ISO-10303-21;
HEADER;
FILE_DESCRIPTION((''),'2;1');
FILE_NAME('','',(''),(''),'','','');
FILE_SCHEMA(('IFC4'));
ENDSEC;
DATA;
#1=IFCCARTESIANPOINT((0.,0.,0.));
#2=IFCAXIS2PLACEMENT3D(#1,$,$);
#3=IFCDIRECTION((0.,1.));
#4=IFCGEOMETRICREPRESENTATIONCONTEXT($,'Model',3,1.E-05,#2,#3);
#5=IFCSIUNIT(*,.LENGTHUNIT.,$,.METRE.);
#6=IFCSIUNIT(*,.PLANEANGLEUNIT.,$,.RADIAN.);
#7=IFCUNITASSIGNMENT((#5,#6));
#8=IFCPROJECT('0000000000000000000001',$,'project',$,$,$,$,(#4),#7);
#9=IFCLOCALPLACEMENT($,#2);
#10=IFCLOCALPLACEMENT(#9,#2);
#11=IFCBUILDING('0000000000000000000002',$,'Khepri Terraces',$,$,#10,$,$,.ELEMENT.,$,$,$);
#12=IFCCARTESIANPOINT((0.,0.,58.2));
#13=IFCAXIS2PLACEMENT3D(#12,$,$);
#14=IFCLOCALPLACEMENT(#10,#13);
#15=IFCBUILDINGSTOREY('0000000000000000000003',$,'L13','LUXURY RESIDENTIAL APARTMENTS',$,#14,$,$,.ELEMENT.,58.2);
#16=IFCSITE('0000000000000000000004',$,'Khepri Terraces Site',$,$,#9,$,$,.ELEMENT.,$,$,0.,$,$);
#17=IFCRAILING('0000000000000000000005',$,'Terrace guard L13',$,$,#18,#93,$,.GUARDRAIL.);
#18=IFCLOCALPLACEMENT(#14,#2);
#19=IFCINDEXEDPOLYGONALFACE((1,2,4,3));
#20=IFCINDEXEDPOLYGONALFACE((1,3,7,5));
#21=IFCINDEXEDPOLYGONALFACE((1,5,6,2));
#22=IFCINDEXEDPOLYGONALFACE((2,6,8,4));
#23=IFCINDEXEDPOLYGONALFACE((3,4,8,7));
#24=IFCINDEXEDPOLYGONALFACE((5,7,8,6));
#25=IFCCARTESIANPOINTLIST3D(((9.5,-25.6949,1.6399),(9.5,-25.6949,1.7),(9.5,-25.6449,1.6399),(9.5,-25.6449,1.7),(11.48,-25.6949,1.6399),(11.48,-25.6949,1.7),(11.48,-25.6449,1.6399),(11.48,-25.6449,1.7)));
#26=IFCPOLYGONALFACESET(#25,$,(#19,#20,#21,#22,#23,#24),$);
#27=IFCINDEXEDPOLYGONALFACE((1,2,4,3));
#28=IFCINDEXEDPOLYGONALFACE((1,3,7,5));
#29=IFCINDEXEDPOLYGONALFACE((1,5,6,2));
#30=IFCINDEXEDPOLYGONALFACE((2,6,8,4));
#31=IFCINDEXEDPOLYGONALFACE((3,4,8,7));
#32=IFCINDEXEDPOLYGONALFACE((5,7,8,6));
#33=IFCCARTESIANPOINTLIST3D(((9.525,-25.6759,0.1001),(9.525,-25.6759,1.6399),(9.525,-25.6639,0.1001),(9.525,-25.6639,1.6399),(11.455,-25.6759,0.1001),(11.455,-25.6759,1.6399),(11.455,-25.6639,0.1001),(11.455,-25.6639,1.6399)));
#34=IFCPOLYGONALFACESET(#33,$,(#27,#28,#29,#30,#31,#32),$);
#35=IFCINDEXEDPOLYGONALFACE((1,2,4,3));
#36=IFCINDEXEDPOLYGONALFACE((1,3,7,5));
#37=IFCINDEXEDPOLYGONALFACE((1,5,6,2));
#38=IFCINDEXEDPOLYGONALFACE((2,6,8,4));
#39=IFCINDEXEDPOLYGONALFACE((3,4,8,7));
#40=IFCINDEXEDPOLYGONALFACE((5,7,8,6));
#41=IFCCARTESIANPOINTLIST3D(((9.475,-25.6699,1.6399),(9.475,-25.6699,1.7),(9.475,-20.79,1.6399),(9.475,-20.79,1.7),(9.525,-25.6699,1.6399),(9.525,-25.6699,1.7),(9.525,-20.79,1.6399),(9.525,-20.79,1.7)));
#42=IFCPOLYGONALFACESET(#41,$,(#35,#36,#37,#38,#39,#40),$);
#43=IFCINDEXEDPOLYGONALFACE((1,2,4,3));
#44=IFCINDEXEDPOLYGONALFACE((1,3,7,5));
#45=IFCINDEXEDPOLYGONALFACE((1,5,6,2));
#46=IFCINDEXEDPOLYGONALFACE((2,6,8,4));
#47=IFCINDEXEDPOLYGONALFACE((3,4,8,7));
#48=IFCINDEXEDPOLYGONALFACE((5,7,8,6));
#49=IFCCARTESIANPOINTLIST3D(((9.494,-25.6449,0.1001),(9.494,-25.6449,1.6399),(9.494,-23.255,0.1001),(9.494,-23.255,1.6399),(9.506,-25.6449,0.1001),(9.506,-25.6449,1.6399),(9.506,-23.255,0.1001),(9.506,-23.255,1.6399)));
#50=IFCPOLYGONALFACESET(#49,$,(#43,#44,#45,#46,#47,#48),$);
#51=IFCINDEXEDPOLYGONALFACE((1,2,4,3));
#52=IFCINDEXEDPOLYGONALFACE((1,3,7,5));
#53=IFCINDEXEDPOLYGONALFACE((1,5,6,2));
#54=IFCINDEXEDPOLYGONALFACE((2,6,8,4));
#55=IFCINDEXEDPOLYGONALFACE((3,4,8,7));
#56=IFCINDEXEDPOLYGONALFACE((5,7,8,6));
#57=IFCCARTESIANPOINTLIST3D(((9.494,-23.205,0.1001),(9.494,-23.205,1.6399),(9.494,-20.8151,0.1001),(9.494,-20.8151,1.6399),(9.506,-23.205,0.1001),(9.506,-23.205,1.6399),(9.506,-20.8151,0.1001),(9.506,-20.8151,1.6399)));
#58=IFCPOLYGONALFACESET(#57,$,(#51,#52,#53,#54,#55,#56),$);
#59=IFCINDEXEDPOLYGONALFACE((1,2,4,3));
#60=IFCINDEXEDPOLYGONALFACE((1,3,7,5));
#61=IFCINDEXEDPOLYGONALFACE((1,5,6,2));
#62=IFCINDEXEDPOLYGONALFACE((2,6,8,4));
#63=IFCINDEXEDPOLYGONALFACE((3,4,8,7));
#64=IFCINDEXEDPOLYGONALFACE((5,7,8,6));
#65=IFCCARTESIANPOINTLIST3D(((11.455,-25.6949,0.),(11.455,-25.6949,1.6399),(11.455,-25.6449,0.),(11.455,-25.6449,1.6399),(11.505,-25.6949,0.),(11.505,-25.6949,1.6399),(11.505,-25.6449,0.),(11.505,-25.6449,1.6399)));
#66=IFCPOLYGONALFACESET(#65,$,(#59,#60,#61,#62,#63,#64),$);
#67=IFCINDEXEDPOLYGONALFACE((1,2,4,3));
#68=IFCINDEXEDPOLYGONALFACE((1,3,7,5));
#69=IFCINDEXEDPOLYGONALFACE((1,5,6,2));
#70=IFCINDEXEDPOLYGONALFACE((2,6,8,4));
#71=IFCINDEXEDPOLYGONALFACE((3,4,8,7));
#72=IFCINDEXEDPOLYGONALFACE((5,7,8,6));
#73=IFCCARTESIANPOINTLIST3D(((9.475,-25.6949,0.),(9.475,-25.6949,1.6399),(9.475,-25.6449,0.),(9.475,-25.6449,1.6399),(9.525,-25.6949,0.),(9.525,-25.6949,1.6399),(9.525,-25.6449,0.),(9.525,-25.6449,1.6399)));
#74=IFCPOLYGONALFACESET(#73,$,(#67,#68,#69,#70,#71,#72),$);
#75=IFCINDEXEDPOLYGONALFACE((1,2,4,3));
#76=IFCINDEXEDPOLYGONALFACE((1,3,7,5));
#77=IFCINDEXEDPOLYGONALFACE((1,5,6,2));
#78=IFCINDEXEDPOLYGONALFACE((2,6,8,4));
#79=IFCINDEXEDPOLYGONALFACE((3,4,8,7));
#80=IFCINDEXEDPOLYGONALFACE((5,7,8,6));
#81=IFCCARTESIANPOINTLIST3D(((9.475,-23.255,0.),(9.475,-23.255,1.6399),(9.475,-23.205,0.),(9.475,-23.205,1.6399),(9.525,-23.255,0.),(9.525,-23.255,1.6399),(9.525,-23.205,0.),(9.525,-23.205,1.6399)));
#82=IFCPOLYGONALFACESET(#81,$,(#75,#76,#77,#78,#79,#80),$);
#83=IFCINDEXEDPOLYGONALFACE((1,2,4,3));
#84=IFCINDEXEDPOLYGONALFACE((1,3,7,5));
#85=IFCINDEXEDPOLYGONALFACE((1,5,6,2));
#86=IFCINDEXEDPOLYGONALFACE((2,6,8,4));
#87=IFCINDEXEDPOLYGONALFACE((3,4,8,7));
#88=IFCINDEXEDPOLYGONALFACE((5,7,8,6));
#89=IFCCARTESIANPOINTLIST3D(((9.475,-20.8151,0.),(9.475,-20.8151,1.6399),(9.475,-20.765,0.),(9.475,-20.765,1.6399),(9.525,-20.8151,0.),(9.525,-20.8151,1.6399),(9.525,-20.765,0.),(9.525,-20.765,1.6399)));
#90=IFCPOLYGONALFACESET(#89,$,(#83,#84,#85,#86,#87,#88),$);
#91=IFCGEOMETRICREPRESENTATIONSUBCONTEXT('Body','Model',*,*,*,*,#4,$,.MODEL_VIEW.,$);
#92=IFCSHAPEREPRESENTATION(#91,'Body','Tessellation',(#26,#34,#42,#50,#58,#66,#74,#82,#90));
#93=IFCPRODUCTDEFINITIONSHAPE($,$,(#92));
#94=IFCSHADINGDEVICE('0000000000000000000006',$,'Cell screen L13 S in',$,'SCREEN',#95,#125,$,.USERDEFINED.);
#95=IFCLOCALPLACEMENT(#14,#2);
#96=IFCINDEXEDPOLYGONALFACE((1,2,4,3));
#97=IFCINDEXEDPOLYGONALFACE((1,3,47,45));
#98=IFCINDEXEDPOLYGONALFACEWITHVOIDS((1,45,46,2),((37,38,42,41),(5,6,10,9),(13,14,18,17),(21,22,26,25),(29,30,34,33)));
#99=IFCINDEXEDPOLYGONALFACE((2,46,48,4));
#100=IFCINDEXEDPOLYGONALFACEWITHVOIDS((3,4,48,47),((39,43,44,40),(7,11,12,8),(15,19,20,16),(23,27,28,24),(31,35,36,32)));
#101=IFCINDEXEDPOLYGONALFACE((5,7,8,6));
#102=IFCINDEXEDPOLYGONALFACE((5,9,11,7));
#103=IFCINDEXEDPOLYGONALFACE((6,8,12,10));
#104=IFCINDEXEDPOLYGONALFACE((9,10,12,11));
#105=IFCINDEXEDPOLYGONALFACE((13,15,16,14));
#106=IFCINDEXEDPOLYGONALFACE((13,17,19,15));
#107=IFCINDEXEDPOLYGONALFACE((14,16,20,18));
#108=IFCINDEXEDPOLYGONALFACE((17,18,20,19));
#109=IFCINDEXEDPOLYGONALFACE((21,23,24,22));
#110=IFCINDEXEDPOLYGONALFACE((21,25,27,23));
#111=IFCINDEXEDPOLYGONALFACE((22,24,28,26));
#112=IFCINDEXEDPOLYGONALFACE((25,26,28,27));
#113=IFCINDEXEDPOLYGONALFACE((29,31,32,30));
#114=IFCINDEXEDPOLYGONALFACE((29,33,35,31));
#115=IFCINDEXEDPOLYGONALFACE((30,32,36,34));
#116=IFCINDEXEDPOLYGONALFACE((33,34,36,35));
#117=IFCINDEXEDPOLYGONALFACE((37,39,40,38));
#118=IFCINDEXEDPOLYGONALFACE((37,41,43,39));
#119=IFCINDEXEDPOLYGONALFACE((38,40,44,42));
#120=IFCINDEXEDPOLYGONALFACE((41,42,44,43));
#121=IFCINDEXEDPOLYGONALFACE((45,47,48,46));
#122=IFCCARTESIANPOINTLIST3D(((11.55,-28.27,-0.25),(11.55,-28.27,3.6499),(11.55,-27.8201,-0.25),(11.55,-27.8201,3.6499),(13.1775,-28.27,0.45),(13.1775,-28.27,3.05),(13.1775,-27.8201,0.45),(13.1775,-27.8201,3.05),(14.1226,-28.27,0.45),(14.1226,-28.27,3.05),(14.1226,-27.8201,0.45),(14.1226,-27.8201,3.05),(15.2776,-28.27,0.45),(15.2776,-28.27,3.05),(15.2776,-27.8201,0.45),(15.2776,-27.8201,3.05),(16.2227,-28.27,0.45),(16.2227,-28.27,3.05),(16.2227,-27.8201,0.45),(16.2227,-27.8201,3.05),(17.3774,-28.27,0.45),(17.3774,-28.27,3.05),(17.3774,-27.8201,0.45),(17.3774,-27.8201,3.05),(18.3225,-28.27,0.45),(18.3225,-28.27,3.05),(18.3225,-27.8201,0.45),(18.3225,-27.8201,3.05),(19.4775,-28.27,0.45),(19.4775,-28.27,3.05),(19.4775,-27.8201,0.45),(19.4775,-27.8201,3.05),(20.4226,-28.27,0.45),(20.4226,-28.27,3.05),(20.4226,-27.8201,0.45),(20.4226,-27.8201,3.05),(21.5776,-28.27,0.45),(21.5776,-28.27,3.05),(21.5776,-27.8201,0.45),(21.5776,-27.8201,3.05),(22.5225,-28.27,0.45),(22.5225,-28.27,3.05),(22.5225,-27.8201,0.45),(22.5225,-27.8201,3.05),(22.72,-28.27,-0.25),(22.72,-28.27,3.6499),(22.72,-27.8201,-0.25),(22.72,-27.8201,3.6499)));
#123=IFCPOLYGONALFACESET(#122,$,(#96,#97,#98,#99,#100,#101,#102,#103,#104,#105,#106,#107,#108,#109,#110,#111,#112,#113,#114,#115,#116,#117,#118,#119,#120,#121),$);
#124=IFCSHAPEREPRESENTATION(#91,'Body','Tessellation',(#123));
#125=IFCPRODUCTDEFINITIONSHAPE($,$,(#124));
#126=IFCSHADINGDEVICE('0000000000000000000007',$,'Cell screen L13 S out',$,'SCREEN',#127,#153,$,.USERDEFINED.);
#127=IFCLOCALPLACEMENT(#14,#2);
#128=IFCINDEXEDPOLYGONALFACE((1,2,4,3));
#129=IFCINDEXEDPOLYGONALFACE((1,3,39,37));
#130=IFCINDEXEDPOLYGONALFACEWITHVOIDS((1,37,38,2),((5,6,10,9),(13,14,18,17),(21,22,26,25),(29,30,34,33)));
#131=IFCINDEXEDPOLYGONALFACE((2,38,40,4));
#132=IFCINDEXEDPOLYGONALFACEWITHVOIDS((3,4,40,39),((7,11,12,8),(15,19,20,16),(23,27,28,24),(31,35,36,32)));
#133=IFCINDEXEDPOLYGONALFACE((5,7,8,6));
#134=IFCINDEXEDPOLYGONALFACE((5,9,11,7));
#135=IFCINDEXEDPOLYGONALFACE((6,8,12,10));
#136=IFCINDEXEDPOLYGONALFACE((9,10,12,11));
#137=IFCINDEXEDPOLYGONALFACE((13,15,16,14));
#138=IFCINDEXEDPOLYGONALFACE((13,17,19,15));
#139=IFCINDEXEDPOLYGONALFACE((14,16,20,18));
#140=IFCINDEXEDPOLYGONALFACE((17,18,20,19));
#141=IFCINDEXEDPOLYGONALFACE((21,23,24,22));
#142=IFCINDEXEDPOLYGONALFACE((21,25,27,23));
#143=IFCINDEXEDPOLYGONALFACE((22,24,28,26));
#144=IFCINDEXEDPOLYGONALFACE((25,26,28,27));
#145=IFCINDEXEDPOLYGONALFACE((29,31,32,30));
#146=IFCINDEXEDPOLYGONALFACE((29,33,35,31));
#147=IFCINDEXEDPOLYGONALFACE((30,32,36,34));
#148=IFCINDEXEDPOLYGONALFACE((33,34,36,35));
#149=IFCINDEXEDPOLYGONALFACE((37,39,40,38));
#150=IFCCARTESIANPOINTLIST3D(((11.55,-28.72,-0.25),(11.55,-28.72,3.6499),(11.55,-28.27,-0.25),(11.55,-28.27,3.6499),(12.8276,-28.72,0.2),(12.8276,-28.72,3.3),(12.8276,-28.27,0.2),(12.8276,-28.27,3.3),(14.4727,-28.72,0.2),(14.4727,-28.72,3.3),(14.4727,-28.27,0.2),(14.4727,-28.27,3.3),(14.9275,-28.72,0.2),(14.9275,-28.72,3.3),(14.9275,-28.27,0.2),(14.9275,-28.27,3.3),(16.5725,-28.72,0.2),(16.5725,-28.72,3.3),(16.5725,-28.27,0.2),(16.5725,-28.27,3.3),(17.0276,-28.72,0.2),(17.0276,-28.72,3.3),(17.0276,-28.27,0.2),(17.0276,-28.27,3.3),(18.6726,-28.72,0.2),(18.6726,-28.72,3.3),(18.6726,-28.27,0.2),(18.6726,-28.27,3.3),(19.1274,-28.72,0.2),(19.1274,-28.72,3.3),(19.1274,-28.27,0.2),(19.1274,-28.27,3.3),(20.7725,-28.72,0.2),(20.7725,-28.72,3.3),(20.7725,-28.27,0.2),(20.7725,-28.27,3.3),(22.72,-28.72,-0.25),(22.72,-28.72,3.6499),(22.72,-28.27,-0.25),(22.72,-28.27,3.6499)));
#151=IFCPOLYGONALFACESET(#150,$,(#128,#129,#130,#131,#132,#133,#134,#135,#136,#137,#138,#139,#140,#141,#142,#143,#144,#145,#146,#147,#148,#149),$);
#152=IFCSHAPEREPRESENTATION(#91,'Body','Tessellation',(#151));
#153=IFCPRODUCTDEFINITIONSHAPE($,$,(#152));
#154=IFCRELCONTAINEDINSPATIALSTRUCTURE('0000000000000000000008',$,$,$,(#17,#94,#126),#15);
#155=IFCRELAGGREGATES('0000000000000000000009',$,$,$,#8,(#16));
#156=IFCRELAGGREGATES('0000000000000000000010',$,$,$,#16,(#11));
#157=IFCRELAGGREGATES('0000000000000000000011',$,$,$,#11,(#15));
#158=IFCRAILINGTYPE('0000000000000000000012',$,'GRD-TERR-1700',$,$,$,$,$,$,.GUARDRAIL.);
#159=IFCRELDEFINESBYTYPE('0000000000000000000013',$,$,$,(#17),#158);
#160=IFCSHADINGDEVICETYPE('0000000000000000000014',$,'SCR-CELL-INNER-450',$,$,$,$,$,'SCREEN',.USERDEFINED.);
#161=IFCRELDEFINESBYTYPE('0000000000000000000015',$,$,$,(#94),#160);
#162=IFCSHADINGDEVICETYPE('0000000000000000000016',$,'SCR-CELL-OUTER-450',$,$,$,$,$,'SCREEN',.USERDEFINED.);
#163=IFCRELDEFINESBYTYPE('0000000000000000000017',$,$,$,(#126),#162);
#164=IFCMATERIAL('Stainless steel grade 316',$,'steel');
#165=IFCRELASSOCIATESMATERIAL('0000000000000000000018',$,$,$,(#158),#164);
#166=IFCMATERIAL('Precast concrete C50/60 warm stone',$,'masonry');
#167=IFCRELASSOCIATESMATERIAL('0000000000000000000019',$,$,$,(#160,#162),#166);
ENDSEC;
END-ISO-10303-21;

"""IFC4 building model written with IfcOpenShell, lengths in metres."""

from ifc_helpers import new_model, si_unit, direction, frame, origin, origin_2d, place, context, subcontext, project, spatial, polyline, rectangle, outline, extrude, material, type_object, element, save


model = new_model("IFC4")

# Units and contexts
model_context = context("Model", 3, precision=1e-05, world=origin(), true_north=direction((0.0, 1.0)))
body_context = subcontext(model_context, "Body", "Model", "MODEL_VIEW")
ifc_project = project(units=[si_unit("LENGTHUNIT", "METRE"), si_unit("PLANEANGLEUNIT", "RADIAN")], contexts=[model_context])

# Site, building, storey
site_placement = place(None, origin())
site = spatial("IfcSite", under=ifc_project, at=site_placement, Name="Khepri Terraces Site", CompositionType="ELEMENT", RefElevation=0.0)
building_placement = place(site_placement, origin())
building = spatial("IfcBuilding", under=site, at=building_placement, Name="Khepri Terraces", CompositionType="ELEMENT")
storey_placement = place(building_placement, frame((0.0, 0.0, 58.2)))
storey = spatial("IfcBuildingStorey", under=building, at=storey_placement, Name="L13", Description="LUXURY RESIDENTIAL APARTMENTS", CompositionType="ELEMENT", Elevation=58.2)

# Shared definitions
ifc_material_1 = material(Name="Precast concrete C50/60 warm stone", Category="masonry")

# Railing
ifc_material_2 = material(Name="Stainless steel grade 316", Category="steel")
railing_type_1 = type_object("IfcRailingType", Name="GRD-TERR-1700", PredefinedType="GUARDRAIL", material=ifc_material_2)
railing_1_placement = place(storey_placement, frame((11.48, -25.6699, 0.0)))
element("IfcRailing", 1, at=railing_1_placement, inside=storey, type_object=railing_type_1, Name="Terrace guard L13", PredefinedType="GUARDRAIL", context=body_context, shape_type="SweptSolid", body=[
    extrude(rectangle(XDim=0.05, YDim=0.0601, at=origin_2d()), frame((0.0, 0.0, 1.6699), z_axis=(-1.0, 0.0, 0.0), x_axis=(0.0, -1.0, 0.0)), (0.0, 0.0, 1.0), 1.98),
    extrude(rectangle(XDim=1.9299, YDim=0.012, at=origin_2d()), frame((-0.99, 0.0, 0.1001), z_axis=(0.0, 0.0, 1.0), x_axis=(-1.0, 0.0, 0.0)), (0.0, 0.0, 1.0), 1.5398),
    extrude(rectangle(XDim=0.05, YDim=0.0601, at=origin_2d()), frame((-1.98, 0.0, 1.6699), z_axis=(0.0, 1.0, 0.0), x_axis=(-1.0, 0.0, 0.0)), (0.0, 0.0, 1.0), 4.8799),
    extrude(rectangle(XDim=2.3899, YDim=0.012, at=origin_2d()), frame((-1.98, 1.22, 0.1001), z_axis=(0.0, 0.0, 1.0), x_axis=(0.0, 1.0, 0.0)), (0.0, 0.0, 1.0), 1.5398),
    extrude(rectangle(XDim=2.3899, YDim=0.012, at=origin_2d()), frame((-1.98, 3.6599, 0.1001), z_axis=(0.0, 0.0, 1.0), x_axis=(0.0, 1.0, 0.0)), (0.0, 0.0, 1.0), 1.5398),
    extrude(rectangle(XDim=0.05, YDim=0.05, at=origin_2d()), origin(), (0.0, 0.0, 1.0), 1.6399),
    extrude(rectangle(XDim=0.05, YDim=0.05, at=origin_2d()), frame((-1.98, 0.0, 0.0)), (0.0, 0.0, 1.0), 1.6399),
    extrude(rectangle(XDim=0.05, YDim=0.05, at=origin_2d()), frame((-1.98, 2.4399, 0.0)), (0.0, 0.0, 1.0), 1.6399),
    extrude(rectangle(XDim=0.05, YDim=0.05, at=origin_2d()), frame((-1.98, 4.8799, 0.0)), (0.0, 0.0, 1.0), 1.6399),
])

# Shading devices
shading_device_type_1 = type_object("IfcShadingDeviceType", Name="SCR-CELL-INNER-450", ElementType="SCREEN", PredefinedType="USERDEFINED", material=ifc_material_1)
shading_device_1_placement = place(storey_placement, frame((11.55, -27.8201, -0.25), z_axis=(0.0, -1.0, 0.0), x_axis=(1.0, 0.0, 0.0)))
element("IfcShadingDevice", 2, at=shading_device_1_placement, inside=storey, type_object=shading_device_type_1, Name="Cell screen L13 S in", ObjectType="SCREEN", PredefinedType="USERDEFINED", context=body_context, shape_type="SweptSolid", body=[
    extrude(outline(polyline([(0.0, 0.0), (11.1699, 0.0), (11.1699, 3.8999), (0.0, 3.8999), (0.0, 0.0)]), holes=[polyline([(1.6274, 0.7), (2.5725, 0.7), (2.5725, 3.3), (1.6274, 3.3), (1.6274, 0.7)]), polyline([(3.7275, 0.7), (4.6726, 0.7), (4.6726, 3.3), (3.7275, 3.3), (3.7275, 0.7)]), polyline([(5.8274, 0.7), (6.7725, 0.7), (6.7725, 3.3), (5.8274, 3.3), (5.8274, 0.7)]), polyline([(7.9275, 0.7), (8.8726, 0.7), (8.8726, 3.3), (7.9275, 3.3), (7.9275, 0.7)]), polyline([(10.0276, 0.7), (10.9724, 0.7), (10.9724, 3.3), (10.0276, 3.3), (10.0276, 0.7)])]), origin(), (0.0, 0.0, 1.0), 0.45),
])
shading_device_type_2 = type_object("IfcShadingDeviceType", Name="SCR-CELL-OUTER-450", ElementType="SCREEN", PredefinedType="USERDEFINED", material=ifc_material_1)
shading_device_2_placement = place(storey_placement, frame((11.55, -28.27, -0.25), z_axis=(0.0, -1.0, 0.0), x_axis=(1.0, 0.0, 0.0)))
element("IfcShadingDevice", 3, at=shading_device_2_placement, inside=storey, type_object=shading_device_type_2, Name="Cell screen L13 S out", ObjectType="SCREEN", PredefinedType="USERDEFINED", context=body_context, shape_type="SweptSolid", body=[
    extrude(outline(polyline([(0.0, 0.0), (11.1699, 0.0), (11.1699, 3.8999), (0.0, 3.8999), (0.0, 0.0)]), holes=[polyline([(1.2776, 0.45), (2.9226, 0.45), (2.9226, 3.55), (1.2776, 3.55), (1.2776, 0.45)]), polyline([(3.3774, 0.45), (5.0225, 0.45), (5.0225, 3.55), (3.3774, 3.55), (3.3774, 0.45)]), polyline([(5.4775, 0.45), (7.1226, 0.45), (7.1226, 3.55), (5.4775, 3.55), (5.4775, 0.45)]), polyline([(7.5774, 0.45), (9.2224, 0.45), (9.2224, 3.55), (7.5774, 3.55), (7.5774, 0.45)])]), origin(), (0.0, 0.0, 1.0), 0.45),
])

save(model, "model.ifc")
